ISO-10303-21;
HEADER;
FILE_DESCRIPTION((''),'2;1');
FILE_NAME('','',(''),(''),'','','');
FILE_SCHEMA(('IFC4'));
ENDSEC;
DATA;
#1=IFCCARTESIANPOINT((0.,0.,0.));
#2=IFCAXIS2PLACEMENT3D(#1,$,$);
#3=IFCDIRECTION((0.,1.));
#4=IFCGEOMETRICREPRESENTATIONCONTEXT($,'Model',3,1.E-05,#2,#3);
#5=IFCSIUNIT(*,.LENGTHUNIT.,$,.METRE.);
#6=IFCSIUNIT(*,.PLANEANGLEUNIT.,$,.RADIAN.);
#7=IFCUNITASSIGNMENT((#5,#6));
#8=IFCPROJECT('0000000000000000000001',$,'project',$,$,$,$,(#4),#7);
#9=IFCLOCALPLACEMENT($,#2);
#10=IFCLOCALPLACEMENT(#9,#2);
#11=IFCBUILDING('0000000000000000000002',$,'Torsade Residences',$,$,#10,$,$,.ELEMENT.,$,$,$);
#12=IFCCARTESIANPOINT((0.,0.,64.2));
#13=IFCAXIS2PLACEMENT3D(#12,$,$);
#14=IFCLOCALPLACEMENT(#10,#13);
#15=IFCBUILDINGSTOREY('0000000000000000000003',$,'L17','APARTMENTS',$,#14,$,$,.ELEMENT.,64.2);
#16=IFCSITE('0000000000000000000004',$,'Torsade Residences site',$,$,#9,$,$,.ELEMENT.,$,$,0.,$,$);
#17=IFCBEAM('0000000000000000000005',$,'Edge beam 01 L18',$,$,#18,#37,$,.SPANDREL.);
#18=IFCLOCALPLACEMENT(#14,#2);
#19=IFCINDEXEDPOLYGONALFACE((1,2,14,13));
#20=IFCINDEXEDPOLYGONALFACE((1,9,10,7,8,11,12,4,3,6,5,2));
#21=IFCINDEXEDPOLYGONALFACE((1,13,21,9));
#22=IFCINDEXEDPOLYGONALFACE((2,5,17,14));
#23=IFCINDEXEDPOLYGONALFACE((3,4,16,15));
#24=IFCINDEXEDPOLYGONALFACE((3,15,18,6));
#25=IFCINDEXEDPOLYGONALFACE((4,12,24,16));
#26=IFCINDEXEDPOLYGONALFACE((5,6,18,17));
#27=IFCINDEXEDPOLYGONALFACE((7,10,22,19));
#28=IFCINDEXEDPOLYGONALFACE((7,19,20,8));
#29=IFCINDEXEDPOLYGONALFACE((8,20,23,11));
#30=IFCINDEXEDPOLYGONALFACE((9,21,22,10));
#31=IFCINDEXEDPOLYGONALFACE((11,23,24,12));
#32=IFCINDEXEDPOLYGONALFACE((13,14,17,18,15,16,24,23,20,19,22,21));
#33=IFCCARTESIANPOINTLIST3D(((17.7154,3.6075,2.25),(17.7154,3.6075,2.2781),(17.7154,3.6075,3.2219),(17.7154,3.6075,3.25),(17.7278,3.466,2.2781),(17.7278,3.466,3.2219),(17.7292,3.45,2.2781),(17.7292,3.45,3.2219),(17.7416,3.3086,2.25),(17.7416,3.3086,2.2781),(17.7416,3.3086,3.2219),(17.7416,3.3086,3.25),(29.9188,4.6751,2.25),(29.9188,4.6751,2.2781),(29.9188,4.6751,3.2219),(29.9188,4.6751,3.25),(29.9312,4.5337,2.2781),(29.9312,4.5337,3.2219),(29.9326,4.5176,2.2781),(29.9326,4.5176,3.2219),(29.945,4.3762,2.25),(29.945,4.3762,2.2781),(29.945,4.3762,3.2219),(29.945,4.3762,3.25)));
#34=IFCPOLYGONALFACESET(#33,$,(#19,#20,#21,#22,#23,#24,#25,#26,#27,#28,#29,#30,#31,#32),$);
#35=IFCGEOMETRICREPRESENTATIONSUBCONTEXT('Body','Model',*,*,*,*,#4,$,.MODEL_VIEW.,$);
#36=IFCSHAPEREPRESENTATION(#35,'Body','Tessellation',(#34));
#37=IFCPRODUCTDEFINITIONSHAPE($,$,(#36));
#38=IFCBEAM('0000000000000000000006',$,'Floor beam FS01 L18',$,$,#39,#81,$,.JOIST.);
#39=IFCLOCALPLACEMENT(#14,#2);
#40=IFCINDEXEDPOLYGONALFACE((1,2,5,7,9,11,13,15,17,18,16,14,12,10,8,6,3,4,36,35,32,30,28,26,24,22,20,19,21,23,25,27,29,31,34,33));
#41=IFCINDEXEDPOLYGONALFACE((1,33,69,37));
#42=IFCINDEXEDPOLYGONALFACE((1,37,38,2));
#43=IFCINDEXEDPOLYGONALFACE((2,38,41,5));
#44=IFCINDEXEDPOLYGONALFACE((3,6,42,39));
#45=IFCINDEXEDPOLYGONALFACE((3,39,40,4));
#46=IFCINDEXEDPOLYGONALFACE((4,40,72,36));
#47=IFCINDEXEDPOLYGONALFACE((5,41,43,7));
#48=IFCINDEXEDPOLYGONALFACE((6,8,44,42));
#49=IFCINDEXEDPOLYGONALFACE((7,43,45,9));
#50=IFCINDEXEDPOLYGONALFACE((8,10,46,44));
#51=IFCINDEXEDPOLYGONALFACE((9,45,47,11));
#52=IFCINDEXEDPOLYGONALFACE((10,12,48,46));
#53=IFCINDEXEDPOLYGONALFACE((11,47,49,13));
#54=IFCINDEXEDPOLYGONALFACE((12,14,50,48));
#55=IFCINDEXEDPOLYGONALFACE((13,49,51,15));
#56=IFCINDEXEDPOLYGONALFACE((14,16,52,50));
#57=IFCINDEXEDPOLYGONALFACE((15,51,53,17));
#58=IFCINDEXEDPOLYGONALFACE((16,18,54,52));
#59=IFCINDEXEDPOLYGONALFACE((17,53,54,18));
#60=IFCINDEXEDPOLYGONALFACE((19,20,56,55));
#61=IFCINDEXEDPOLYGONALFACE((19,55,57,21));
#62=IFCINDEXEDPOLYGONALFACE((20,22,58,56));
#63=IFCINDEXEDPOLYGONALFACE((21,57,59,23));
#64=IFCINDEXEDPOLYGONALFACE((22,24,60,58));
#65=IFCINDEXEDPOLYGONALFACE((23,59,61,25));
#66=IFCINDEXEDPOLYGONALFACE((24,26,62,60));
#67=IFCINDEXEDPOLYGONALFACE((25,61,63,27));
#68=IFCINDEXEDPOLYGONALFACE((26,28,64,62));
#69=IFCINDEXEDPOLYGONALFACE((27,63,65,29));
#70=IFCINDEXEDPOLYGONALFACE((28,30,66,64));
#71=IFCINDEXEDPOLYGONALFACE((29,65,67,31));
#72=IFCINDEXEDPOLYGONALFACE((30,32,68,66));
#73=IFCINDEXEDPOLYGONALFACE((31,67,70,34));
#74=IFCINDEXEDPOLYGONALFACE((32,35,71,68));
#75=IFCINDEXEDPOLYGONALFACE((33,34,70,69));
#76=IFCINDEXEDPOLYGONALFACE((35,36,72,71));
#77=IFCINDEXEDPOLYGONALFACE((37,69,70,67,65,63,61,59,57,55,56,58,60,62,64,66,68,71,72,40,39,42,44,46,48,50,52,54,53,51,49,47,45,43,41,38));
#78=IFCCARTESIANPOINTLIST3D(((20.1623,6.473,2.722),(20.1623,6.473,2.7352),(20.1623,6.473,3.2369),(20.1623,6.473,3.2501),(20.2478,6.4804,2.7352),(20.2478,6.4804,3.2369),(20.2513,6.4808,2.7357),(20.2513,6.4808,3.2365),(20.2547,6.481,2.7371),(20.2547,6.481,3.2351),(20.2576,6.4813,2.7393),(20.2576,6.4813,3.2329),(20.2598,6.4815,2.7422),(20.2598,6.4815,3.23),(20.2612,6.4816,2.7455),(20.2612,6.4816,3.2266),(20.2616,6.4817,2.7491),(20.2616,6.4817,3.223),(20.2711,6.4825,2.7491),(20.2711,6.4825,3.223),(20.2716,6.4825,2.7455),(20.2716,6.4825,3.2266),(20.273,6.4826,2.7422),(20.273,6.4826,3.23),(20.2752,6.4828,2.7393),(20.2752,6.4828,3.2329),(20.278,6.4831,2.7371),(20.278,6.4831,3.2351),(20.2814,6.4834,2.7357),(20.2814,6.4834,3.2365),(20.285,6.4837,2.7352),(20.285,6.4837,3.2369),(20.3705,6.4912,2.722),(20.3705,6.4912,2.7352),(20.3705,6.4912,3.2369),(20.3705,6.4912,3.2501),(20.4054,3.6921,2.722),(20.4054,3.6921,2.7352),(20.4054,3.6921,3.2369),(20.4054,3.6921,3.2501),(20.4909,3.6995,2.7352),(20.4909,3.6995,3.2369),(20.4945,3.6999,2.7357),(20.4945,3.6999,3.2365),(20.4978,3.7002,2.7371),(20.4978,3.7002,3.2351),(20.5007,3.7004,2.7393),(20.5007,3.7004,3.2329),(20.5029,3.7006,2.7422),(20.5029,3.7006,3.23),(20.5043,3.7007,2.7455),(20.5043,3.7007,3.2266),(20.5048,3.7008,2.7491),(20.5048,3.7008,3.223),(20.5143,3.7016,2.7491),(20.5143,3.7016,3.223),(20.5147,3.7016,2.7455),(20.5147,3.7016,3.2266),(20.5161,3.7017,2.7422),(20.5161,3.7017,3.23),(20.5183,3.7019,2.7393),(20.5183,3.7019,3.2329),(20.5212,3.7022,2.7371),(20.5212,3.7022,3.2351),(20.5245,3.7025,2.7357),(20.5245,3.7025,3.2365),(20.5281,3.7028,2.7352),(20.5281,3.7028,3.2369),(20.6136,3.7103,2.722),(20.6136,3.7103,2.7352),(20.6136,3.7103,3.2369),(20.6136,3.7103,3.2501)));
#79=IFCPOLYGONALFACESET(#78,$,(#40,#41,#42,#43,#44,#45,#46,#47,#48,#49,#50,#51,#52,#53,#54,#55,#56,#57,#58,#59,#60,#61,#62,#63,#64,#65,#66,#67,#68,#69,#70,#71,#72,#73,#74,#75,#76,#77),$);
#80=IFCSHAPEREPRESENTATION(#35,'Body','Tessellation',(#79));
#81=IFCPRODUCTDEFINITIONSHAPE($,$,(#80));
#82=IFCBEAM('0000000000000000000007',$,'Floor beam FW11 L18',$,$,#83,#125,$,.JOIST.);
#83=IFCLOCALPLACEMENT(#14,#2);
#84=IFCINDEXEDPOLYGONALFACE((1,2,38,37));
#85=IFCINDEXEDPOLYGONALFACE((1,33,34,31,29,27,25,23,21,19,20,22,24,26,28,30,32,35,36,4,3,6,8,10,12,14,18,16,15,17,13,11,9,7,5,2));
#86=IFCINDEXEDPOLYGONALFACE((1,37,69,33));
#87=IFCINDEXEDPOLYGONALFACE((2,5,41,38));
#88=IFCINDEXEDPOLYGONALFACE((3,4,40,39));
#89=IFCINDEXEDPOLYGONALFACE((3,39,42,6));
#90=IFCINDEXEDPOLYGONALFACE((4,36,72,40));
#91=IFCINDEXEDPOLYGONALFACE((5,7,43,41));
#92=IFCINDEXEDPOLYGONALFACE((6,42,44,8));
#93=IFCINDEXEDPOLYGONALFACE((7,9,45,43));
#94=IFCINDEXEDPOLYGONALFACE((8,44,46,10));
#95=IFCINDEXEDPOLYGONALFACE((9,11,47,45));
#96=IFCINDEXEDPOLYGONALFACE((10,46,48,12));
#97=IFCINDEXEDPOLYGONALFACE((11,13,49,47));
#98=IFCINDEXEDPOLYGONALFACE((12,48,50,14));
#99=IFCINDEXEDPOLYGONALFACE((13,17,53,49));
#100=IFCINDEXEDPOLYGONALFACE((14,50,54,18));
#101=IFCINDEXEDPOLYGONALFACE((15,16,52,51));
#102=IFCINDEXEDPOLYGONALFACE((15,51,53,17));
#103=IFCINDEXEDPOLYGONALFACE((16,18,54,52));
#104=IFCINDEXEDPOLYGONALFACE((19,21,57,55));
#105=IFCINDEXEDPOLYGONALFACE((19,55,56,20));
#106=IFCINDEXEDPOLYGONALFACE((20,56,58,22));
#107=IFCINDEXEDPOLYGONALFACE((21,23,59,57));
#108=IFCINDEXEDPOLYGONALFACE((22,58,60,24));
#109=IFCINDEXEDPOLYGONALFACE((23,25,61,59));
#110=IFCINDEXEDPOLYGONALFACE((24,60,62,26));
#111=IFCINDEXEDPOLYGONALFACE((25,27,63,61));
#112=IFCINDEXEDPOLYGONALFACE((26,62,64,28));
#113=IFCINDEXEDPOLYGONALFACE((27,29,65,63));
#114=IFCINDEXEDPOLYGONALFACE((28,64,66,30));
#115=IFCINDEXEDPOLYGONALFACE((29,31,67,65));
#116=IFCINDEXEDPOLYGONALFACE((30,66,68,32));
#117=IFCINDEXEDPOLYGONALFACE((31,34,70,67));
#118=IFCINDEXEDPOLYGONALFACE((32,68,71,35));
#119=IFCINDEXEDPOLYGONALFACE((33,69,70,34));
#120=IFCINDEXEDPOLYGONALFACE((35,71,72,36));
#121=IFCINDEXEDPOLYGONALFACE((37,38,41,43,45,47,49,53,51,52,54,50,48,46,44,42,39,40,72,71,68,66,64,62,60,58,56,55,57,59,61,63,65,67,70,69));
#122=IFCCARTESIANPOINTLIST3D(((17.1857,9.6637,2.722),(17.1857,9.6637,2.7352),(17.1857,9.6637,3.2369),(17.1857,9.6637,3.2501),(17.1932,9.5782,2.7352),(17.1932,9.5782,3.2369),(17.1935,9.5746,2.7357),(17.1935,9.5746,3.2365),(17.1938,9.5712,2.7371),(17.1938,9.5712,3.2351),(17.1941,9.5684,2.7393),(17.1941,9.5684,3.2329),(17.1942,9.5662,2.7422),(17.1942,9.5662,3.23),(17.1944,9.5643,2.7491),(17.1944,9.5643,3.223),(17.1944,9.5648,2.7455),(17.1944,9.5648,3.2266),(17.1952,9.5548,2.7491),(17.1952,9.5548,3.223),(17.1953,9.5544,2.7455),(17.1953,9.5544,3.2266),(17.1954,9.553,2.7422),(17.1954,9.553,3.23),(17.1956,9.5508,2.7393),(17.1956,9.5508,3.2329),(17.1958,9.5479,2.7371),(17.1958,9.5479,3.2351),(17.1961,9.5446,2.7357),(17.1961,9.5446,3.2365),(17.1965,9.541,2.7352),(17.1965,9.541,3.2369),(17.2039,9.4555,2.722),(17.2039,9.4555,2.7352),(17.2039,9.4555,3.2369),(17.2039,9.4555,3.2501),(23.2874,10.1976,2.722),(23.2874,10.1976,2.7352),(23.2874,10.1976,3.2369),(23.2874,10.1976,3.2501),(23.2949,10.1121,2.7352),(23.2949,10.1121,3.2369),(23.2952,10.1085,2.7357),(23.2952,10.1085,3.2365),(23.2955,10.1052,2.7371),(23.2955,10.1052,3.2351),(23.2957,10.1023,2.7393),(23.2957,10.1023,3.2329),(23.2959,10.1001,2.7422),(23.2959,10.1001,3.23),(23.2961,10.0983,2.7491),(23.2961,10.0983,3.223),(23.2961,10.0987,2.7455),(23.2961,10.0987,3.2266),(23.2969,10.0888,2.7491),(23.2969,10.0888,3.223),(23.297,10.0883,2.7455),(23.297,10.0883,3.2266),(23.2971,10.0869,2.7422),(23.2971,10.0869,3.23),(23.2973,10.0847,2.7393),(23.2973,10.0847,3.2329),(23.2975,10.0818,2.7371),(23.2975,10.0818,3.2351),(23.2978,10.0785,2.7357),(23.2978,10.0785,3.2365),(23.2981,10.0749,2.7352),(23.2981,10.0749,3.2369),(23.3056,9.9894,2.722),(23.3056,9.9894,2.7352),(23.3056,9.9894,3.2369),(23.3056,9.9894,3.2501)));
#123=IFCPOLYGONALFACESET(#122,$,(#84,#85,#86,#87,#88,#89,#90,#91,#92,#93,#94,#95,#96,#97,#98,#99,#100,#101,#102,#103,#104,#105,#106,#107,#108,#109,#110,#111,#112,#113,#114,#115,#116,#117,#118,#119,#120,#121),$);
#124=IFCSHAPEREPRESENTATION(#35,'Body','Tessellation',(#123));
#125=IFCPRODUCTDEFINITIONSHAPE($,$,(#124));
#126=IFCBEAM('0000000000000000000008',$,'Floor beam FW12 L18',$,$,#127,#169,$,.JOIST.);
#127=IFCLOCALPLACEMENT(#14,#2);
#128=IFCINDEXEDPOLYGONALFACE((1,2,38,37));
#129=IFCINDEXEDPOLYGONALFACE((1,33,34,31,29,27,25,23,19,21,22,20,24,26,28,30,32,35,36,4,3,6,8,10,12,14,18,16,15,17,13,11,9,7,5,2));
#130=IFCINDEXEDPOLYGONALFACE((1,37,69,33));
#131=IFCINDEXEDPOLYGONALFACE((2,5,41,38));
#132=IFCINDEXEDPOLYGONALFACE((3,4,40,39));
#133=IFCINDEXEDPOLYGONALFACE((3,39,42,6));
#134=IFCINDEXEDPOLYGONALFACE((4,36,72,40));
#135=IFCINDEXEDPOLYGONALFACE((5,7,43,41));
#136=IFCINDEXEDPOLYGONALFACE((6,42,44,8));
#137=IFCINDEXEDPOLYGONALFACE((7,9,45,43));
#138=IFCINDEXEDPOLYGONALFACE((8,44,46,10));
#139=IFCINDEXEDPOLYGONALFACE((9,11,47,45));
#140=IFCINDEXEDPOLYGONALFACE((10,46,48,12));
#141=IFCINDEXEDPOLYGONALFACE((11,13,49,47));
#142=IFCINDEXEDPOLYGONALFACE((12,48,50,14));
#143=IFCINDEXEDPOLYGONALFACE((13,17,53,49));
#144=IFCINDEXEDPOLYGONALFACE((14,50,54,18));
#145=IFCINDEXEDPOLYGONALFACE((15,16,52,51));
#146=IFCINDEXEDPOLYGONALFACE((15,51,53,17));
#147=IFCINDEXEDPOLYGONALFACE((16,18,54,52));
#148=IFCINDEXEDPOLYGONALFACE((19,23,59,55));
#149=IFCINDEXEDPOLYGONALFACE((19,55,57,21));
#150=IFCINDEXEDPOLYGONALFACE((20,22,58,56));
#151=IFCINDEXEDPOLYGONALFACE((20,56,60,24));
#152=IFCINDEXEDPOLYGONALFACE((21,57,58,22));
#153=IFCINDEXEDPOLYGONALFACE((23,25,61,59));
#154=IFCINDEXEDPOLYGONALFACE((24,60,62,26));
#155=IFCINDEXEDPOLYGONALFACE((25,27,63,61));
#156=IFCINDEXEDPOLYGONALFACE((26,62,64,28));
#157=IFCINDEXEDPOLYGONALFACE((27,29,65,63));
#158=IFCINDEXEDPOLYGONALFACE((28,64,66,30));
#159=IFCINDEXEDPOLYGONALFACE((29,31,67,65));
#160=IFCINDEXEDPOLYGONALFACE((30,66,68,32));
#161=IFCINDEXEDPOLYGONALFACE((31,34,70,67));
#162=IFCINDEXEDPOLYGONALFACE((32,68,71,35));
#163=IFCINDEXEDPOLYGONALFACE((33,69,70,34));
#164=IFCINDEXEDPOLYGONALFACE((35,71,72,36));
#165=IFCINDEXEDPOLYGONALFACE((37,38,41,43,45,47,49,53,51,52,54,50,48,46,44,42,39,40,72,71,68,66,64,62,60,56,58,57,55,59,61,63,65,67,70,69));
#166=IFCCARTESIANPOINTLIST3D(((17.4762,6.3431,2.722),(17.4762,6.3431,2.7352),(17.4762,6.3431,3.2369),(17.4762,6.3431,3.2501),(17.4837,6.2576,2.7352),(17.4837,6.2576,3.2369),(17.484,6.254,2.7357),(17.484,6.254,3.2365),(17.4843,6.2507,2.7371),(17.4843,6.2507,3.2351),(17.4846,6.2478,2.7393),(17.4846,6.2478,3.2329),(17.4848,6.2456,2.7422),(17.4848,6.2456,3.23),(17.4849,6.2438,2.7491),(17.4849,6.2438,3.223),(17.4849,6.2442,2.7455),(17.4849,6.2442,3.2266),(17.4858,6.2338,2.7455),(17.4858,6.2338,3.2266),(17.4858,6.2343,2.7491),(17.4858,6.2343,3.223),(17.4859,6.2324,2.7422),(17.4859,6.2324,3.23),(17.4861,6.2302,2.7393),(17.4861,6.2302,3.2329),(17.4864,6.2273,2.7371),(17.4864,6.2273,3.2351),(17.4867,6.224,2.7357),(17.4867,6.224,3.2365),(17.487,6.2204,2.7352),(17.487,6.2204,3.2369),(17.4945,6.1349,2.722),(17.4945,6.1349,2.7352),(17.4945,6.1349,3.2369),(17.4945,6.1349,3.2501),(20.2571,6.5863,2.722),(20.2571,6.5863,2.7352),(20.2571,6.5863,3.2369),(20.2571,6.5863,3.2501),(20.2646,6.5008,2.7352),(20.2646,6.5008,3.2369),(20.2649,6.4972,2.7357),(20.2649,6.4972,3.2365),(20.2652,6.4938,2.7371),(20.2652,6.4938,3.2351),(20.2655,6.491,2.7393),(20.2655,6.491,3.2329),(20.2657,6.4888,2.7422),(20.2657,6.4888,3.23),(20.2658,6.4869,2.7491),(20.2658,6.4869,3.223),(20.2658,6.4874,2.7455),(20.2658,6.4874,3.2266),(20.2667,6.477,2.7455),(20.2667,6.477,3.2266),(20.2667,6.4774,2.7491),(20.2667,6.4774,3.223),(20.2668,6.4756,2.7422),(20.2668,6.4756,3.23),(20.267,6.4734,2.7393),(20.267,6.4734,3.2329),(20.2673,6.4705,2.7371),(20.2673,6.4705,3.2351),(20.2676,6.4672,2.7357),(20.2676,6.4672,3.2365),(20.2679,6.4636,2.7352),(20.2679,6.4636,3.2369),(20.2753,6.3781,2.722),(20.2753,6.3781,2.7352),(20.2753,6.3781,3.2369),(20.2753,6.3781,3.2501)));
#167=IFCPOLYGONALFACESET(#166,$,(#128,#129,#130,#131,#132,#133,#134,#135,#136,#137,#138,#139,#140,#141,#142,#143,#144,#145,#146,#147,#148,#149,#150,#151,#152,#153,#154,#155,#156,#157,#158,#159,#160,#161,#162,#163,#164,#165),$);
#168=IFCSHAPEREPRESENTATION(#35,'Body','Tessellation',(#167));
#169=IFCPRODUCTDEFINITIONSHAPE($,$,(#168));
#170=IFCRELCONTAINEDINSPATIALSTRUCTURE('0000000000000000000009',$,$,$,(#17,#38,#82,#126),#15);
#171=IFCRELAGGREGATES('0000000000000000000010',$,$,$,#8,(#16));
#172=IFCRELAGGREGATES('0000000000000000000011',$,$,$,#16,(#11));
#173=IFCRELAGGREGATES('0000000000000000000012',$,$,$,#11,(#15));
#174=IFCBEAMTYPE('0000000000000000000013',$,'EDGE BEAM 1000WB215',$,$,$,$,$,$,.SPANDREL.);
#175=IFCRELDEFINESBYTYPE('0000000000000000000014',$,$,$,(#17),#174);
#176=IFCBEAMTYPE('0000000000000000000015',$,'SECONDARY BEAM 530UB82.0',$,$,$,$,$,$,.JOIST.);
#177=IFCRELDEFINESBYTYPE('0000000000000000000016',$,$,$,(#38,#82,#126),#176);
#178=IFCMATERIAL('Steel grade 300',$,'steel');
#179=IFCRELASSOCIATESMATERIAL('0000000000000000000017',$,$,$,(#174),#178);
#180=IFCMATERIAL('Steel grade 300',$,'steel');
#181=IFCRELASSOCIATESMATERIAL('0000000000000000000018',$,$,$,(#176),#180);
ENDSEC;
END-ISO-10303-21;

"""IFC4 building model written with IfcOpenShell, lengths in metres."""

from ifc_helpers import new_model, si_unit, direction, frame, origin, origin_2d, place, context, subcontext, project, spatial, i_section, extrude, material, material_profile, profile_set, type_object, element, save


model = new_model("IFC4")

# Units and contexts
model_context = context("Model", 3, precision=1e-05, world=origin(), true_north=direction((0.0, 1.0)))
body_context = subcontext(model_context, "Body", "Model", "MODEL_VIEW")
ifc_project = project(units=[si_unit("LENGTHUNIT", "METRE"), si_unit("PLANEANGLEUNIT", "RADIAN")], contexts=[model_context])

# Site, building, storey
site_placement = place(None, origin())
site = spatial("IfcSite", under=ifc_project, at=site_placement, Name="Torsade Residences site", CompositionType="ELEMENT", RefElevation=0.0)
building_placement = place(site_placement, origin())
building = spatial("IfcBuilding", under=site, at=building_placement, Name="Torsade Residences", CompositionType="ELEMENT")
storey_placement = place(building_placement, frame((0.0, 0.0, 64.2)))
storey = spatial("IfcBuildingStorey", under=building, at=storey_placement, Name="L17", Description="APARTMENTS", CompositionType="ELEMENT", Elevation=64.2)

# Beams
ifc_material_1 = material(Name="Steel grade 300", Category="steel")
ifc_material_profile_1 = material_profile(ifc_material_1, i_section(OverallWidth=0.3, OverallDepth=1.0, WebThickness=0.0161, FlangeThickness=0.0281, at=origin_2d()), Name="1000WB215")
ifc_profile_set_1 = profile_set([ifc_material_profile_1], Name="Steel grade 300")
beam_type_1 = type_object("IfcBeamType", Name="EDGE BEAM 1000WB215", PredefinedType="SPANDREL", material=ifc_profile_set_1)
beam_1_placement = place(storey_placement, frame((17.7285, 3.458, 2.75), z_axis=(0.996195, 0.087153, 0.0), x_axis=(-0.087153, 0.996195, 0.0)))
element("IfcBeam", 1, at=beam_1_placement, inside=storey, type_object=beam_type_1, Name="Edge beam 01 L18", PredefinedType="SPANDREL", context=body_context, shape_type="SweptSolid", body=[
    extrude(i_section(OverallWidth=0.3, OverallDepth=1.0, WebThickness=0.0161, FlangeThickness=0.0281, at=origin_2d()), origin(), (0.0, 0.0, 1.0), 12.25),
])
ifc_material_2 = material(Name="Steel grade 300", Category="steel")
ifc_material_profile_2 = material_profile(ifc_material_2, i_section(OverallWidth=0.209, OverallDepth=0.5281, WebThickness=0.0095, FlangeThickness=0.0132, FilletRadius=0.0139, at=origin_2d()), Name="530UB82.0")
ifc_profile_set_2 = profile_set([ifc_material_profile_2], Name="Steel grade 300")
beam_type_2 = type_object("IfcBeamType", Name="SECONDARY BEAM 530UB82.0", PredefinedType="JOIST", material=ifc_profile_set_2)
beam_2_placement = place(storey_placement, frame((20.5095, 3.7012, 2.9861), z_axis=(-0.087105, 0.996199, 0.0), x_axis=(-0.996199, -0.087105, 0.0)))
element("IfcBeam", 2, at=beam_2_placement, inside=storey, type_object=beam_type_2, Name="Floor beam FS01 L18", PredefinedType="JOIST", context=body_context, shape_type="SweptSolid", body=[
    extrude(i_section(OverallWidth=0.209, OverallDepth=0.5281, WebThickness=0.0095, FlangeThickness=0.0132, FilletRadius=0.0139, at=origin_2d()), origin(), (0.0, 0.0, 1.0), 2.7915),
])
beam_3_placement = place(storey_placement, frame((17.1948, 9.5596, 2.9861), z_axis=(0.996193, 0.087175, 0.0), x_axis=(-0.087175, 0.996193, 0.0)))
element("IfcBeam", 3, at=beam_3_placement, inside=storey, type_object=beam_type_2, Name="Floor beam FW11 L18", PredefinedType="JOIST", context=body_context, shape_type="SweptSolid", body=[
    extrude(i_section(OverallWidth=0.209, OverallDepth=0.5281, WebThickness=0.0095, FlangeThickness=0.0132, FilletRadius=0.0139, at=origin_2d()), origin(), (0.0, 0.0, 1.0), 6.125),
])
beam_4_placement = place(storey_placement, frame((17.4854, 6.239, 2.9861), z_axis=(0.996199, 0.087105, 0.0), x_axis=(-0.087105, 0.996199, 0.0)))
element("IfcBeam", 4, at=beam_4_placement, inside=storey, type_object=beam_type_2, Name="Floor beam FW12 L18", PredefinedType="JOIST", context=body_context, shape_type="SweptSolid", body=[
    extrude(i_section(OverallWidth=0.209, OverallDepth=0.5281, WebThickness=0.0095, FlangeThickness=0.0132, FilletRadius=0.0139, at=origin_2d()), origin(), (0.0, 0.0, 1.0), 2.7915),
])

save(model, "model.ifc")
